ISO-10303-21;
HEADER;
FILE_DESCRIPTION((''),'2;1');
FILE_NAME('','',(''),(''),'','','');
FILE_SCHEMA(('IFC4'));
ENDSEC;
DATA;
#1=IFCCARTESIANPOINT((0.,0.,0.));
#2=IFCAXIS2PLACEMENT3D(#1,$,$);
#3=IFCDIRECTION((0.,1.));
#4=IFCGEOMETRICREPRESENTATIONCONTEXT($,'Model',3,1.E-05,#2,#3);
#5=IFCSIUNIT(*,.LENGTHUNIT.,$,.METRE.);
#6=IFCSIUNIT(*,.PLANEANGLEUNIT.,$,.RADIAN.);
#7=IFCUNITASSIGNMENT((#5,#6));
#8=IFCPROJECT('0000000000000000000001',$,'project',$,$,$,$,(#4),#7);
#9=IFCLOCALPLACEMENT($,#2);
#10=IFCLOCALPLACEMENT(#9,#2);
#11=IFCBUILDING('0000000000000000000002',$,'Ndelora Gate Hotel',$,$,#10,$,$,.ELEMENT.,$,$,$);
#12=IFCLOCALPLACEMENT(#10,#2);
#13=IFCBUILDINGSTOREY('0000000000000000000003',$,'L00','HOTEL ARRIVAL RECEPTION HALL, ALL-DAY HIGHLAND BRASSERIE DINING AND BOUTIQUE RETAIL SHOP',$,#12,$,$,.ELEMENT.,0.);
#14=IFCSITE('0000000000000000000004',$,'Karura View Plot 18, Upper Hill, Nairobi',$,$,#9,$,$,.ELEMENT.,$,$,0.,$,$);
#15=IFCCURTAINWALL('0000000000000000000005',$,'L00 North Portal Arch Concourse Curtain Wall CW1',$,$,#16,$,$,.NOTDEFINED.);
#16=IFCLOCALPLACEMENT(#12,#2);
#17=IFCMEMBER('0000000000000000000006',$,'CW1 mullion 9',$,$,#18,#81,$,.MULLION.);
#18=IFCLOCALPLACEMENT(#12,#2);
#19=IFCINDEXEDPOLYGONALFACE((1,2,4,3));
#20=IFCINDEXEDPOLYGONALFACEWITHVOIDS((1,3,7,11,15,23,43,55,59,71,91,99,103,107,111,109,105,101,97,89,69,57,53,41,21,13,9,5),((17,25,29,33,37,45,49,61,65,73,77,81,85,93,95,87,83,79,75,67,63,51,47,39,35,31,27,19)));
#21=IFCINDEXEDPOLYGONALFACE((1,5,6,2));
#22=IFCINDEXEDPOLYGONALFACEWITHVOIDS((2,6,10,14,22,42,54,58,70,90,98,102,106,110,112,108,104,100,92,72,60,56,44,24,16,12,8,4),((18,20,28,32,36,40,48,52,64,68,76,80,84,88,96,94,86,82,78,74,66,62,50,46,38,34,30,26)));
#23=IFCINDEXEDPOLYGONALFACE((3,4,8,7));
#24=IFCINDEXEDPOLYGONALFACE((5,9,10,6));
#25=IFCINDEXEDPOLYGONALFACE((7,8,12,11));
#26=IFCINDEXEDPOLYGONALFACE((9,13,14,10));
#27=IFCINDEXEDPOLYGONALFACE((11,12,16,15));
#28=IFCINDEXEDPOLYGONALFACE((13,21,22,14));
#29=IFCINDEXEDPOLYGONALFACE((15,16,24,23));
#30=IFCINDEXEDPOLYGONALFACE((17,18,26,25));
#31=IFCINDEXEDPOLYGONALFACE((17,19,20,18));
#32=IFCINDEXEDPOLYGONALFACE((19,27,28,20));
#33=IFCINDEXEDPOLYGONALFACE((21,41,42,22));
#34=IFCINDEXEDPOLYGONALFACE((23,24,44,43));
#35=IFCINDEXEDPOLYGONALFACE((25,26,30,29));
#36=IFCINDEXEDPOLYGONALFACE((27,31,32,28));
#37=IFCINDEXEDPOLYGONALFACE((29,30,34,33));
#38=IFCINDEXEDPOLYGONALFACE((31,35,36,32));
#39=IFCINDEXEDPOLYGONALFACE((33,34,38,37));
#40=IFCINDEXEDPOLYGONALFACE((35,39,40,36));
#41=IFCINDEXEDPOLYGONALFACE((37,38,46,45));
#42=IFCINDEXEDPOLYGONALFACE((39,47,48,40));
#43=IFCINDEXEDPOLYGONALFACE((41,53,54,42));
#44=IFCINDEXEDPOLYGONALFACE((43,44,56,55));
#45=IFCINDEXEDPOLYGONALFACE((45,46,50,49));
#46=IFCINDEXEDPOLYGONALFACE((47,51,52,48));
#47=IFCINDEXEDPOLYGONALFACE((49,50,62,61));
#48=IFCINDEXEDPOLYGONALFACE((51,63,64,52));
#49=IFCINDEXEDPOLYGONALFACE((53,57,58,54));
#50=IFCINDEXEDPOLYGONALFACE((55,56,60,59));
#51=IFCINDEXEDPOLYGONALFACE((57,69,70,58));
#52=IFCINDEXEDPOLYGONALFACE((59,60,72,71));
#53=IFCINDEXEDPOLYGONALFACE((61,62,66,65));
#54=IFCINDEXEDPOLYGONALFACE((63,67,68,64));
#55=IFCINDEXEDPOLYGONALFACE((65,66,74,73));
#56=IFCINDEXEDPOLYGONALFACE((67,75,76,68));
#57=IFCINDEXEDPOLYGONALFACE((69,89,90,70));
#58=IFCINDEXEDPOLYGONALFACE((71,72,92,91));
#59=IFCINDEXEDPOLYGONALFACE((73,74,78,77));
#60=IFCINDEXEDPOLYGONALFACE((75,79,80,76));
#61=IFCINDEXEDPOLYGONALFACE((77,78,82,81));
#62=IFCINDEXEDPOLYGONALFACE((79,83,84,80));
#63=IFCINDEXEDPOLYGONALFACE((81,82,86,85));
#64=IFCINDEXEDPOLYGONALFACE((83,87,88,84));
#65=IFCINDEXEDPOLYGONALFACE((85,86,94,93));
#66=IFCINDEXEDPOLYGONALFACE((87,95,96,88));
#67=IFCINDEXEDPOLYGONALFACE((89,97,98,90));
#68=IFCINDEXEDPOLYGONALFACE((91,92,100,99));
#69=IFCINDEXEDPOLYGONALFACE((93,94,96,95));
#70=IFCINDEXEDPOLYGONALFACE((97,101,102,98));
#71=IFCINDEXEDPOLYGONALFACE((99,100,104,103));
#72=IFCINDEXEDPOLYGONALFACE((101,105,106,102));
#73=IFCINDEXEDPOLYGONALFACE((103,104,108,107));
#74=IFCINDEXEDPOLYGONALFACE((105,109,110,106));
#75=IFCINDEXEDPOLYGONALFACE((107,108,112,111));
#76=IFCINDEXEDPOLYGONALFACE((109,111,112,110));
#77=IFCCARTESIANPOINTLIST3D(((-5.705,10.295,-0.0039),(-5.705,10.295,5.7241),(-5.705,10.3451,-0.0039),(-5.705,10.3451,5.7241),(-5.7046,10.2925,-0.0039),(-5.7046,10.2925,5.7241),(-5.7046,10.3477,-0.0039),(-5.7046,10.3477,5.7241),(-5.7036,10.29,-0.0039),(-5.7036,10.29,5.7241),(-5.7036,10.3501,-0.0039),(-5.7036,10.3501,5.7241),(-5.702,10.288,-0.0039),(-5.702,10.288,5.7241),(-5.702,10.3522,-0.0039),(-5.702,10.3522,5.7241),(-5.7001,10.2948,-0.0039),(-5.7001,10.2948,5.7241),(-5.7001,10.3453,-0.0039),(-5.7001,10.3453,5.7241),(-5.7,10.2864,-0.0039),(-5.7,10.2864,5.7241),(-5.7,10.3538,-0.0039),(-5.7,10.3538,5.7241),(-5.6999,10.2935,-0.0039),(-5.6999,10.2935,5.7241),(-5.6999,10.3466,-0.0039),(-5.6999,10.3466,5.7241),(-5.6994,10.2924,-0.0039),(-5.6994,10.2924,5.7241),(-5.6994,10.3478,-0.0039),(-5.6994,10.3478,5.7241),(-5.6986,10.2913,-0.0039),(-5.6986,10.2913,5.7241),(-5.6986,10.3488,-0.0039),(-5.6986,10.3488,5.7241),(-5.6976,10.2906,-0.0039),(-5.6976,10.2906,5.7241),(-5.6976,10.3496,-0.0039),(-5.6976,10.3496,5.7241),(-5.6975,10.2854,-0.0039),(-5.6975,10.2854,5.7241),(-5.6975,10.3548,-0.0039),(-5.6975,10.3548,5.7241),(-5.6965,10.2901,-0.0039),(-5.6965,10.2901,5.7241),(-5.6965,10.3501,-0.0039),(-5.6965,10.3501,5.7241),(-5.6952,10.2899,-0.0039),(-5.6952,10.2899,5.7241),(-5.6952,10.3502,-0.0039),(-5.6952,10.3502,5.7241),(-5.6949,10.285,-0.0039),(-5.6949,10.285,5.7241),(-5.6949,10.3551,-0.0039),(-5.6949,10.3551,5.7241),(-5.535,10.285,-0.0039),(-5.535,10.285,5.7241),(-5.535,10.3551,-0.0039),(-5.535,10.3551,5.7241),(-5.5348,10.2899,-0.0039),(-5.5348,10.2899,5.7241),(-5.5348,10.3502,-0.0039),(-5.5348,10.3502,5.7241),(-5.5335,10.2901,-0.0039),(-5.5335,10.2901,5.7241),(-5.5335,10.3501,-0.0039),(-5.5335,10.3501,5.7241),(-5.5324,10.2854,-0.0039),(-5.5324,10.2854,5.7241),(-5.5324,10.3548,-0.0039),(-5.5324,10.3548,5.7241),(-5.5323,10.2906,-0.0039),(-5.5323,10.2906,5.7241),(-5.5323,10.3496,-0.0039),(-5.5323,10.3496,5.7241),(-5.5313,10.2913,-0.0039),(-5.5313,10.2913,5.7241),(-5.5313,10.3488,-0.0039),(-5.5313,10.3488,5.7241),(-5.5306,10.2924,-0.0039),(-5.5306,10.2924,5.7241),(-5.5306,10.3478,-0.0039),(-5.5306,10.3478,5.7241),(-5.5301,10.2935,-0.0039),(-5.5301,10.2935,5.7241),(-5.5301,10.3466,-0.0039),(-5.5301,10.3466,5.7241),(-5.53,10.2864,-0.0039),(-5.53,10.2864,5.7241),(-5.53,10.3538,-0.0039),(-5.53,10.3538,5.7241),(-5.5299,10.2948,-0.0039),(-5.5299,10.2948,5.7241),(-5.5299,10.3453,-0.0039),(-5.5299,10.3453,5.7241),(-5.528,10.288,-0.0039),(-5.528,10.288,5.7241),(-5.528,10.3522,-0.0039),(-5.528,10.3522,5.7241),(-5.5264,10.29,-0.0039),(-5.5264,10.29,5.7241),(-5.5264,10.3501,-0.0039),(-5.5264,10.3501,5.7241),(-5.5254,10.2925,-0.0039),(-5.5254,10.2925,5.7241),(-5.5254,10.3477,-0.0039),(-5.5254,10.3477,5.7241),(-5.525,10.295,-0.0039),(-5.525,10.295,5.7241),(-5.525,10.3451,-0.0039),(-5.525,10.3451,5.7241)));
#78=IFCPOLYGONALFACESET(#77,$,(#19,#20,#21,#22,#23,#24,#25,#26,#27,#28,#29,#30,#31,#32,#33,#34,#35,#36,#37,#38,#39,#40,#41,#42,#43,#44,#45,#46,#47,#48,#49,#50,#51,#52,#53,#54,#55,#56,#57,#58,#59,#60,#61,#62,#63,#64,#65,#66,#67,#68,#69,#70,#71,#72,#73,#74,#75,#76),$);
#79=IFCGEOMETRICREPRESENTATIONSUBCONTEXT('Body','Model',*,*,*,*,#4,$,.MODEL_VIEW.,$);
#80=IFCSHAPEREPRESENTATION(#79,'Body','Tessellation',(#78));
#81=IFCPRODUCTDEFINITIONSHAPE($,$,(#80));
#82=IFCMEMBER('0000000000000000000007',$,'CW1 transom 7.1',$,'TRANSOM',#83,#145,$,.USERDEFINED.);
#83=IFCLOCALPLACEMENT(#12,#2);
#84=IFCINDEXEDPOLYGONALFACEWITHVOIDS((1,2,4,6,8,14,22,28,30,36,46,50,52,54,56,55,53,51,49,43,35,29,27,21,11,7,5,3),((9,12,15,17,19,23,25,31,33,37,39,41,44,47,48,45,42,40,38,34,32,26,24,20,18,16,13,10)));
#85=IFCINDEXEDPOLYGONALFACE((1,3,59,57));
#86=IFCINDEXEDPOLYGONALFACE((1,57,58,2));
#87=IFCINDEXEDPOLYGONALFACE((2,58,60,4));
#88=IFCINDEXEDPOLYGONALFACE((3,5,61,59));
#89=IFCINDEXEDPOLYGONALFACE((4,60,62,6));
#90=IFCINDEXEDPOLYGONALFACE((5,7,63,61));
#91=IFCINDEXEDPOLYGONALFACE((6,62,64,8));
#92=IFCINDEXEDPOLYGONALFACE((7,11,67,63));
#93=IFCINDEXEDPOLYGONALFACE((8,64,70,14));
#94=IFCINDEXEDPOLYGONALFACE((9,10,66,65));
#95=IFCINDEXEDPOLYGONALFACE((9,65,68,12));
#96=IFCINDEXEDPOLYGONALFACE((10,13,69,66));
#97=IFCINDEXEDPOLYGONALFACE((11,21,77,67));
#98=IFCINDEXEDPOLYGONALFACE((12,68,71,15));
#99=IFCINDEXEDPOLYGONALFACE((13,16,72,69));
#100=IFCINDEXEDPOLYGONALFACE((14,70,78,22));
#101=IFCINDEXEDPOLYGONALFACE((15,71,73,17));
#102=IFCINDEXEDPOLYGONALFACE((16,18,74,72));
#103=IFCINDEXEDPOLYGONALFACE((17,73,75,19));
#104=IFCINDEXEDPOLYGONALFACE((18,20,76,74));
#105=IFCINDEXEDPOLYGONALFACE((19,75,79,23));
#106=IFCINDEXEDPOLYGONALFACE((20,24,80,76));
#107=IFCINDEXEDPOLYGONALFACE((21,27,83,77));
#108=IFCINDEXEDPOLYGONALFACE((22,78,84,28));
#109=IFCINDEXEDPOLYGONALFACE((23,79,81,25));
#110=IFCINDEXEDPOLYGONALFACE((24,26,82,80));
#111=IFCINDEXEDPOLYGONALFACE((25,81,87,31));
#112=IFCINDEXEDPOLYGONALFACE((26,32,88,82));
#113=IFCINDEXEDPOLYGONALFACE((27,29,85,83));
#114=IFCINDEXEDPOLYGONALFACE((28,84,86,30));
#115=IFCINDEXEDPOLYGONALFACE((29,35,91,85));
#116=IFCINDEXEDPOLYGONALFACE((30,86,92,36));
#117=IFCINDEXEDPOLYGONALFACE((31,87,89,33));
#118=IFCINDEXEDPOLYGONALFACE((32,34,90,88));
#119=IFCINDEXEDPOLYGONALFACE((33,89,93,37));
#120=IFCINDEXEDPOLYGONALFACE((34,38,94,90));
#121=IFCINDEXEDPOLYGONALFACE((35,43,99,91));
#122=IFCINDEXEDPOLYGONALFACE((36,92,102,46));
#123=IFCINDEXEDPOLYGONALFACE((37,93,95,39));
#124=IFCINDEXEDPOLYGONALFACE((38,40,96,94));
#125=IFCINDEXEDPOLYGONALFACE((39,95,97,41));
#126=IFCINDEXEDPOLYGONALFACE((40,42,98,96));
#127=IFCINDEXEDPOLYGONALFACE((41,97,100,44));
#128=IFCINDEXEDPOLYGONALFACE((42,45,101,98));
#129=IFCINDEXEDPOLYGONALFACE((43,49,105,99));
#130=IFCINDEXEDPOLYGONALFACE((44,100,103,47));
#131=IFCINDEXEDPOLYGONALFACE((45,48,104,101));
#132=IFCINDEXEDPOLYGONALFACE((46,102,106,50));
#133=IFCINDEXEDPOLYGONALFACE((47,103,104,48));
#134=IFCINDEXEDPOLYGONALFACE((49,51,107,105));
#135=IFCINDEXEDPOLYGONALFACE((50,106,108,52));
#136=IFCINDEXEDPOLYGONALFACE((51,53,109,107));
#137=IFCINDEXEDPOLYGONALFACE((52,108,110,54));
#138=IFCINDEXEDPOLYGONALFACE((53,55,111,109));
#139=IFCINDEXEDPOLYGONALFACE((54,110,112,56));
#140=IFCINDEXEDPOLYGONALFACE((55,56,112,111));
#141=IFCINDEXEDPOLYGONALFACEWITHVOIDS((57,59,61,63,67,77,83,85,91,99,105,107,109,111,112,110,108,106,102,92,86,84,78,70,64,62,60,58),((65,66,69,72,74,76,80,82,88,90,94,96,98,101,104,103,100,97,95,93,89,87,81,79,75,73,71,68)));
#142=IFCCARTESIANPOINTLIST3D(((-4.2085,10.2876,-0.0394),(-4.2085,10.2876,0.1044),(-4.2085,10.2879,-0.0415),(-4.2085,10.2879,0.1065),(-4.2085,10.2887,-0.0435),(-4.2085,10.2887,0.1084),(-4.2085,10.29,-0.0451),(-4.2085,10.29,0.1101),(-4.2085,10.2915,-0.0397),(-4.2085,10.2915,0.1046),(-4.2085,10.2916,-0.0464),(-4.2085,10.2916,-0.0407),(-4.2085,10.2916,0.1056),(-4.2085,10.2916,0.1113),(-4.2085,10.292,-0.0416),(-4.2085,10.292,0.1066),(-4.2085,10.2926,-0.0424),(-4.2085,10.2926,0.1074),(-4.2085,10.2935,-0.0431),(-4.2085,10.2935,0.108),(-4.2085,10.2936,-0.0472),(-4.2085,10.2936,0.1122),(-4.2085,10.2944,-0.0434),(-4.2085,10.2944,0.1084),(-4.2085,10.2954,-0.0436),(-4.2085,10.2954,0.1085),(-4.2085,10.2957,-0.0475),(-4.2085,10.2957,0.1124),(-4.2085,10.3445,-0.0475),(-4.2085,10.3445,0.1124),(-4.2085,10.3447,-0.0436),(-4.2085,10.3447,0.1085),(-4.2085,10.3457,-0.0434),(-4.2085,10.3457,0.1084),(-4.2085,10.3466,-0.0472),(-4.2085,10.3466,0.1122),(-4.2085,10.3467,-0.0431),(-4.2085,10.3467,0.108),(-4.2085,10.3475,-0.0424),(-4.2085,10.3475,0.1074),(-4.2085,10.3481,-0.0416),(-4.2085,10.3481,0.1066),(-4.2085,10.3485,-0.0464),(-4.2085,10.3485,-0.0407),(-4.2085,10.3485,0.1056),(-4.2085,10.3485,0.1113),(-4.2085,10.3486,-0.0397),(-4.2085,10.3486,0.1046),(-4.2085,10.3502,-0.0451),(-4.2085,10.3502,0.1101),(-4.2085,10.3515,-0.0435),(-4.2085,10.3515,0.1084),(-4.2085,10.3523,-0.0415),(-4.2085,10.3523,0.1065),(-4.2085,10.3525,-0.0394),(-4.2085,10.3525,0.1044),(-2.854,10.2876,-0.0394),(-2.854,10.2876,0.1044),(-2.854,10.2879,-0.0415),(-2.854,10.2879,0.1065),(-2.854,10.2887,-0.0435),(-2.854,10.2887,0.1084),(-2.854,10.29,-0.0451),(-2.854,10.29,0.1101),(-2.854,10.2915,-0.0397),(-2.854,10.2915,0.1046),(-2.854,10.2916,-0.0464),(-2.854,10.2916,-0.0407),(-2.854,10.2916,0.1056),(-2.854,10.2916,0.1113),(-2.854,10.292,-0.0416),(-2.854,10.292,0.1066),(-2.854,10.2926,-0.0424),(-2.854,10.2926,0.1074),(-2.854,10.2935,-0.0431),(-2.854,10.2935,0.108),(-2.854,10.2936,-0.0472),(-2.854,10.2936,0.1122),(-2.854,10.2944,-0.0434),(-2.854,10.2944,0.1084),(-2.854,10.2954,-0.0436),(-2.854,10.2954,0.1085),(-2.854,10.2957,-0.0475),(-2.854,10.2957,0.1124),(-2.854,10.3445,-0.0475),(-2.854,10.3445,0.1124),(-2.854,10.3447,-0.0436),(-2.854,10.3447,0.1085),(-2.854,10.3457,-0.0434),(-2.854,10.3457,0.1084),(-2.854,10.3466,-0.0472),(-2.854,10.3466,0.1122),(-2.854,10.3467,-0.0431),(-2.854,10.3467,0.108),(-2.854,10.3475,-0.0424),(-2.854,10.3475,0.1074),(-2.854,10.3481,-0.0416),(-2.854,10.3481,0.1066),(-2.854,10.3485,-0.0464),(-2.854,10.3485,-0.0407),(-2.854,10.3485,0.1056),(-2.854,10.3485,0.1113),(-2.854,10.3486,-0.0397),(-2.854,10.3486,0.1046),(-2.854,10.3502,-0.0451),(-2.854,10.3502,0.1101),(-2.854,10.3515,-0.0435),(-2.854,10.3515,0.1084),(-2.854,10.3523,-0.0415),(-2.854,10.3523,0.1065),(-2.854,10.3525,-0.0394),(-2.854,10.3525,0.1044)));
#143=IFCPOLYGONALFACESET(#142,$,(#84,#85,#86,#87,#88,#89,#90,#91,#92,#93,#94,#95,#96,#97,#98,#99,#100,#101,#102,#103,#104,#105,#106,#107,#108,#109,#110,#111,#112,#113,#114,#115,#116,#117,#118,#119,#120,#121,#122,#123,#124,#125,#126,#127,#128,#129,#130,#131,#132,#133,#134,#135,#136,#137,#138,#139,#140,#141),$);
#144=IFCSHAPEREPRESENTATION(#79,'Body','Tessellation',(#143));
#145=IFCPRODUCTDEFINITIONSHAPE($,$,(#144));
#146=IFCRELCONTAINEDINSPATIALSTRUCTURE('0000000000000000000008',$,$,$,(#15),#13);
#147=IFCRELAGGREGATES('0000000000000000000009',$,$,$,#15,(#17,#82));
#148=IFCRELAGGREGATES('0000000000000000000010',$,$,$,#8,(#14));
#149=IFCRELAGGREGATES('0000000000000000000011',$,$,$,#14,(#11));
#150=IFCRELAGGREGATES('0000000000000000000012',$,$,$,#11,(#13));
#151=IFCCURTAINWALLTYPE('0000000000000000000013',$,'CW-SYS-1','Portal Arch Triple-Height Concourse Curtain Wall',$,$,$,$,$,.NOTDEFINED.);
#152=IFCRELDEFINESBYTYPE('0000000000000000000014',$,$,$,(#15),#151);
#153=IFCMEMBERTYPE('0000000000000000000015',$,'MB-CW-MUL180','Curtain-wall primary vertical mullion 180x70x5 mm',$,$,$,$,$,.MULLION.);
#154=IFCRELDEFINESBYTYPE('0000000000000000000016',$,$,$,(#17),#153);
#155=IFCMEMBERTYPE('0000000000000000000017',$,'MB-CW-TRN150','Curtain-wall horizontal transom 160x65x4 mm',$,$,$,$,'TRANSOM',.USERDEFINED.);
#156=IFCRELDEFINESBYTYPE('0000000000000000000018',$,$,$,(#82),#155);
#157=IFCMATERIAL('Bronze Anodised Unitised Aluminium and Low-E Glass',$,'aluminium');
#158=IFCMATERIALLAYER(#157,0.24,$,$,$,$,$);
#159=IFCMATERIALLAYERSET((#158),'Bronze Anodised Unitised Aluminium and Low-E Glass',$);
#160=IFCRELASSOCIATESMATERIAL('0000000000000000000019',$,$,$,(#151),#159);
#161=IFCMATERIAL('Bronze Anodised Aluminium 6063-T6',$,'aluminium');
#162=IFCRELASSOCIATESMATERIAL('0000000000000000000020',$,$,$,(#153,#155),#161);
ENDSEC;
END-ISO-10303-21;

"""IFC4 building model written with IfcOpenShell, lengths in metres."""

from ifc_helpers import new_model, si_unit, direction, frame, origin, origin_2d, place, context, subcontext, project, spatial, hollow_rectangle, extrude, material, layer, layer_set, material_profile, profile_set, type_object, element, aggregate, save


model = new_model("IFC4")

# Units and contexts
model_context = context("Model", 3, precision=1e-05, world=origin(), true_north=direction((0.0, 1.0)))
body_context = subcontext(model_context, "Body", "Model", "MODEL_VIEW")
ifc_project = project(units=[si_unit("LENGTHUNIT", "METRE"), si_unit("PLANEANGLEUNIT", "RADIAN")], contexts=[model_context])

# Site, building, storey
site_placement = place(None, origin())
site = spatial("IfcSite", under=ifc_project, at=site_placement, Name="Karura View Plot 18, Upper Hill, Nairobi", CompositionType="ELEMENT", RefElevation=0.0)
building_placement = place(site_placement, origin())
building = spatial("IfcBuilding", under=site, at=building_placement, Name="Ndelora Gate Hotel", CompositionType="ELEMENT")
storey_placement = place(building_placement, origin())
storey = spatial("IfcBuildingStorey", under=building, at=storey_placement, Name="L00", Description="HOTEL ARRIVAL RECEPTION HALL, ALL-DAY HIGHLAND BRASSERIE DINING AND BOUTIQUE RETAIL SHOP", CompositionType="ELEMENT", Elevation=0.0)

# Curtain wall, members
ifc_material_1 = material(Name="Bronze Anodised Unitised Aluminium and Low-E Glass", Category="aluminium")
ifc_layer_1 = layer(ifc_material_1, 0.24)
ifc_layer_set_1 = layer_set([ifc_layer_1], Name="Bronze Anodised Unitised Aluminium and Low-E Glass")
curtain_wall_type = type_object("IfcCurtainWallType", Name="CW-SYS-1", Description="Portal Arch Triple-Height Concourse Curtain Wall", PredefinedType="NOTDEFINED", material=ifc_layer_set_1)
curtain_wall_placement = place(storey_placement, origin())
curtain_wall = element("IfcCurtainWall", 1, at=curtain_wall_placement, inside=storey, type_object=curtain_wall_type, Name="L00 North Portal Arch Concourse Curtain Wall CW1", PredefinedType="NOTDEFINED")
ifc_material_2 = material(Name="Bronze Anodised Aluminium 6063-T6", Category="aluminium")
ifc_material_profile_1 = material_profile(ifc_material_2, hollow_rectangle(XDim=0.0701, YDim=0.1799, WallThickness=0.0049, InnerFilletRadius=0.0049, OuterFilletRadius=0.01, at=origin_2d()), Name="ALU 180x70x5")
ifc_profile_set_1 = profile_set([ifc_material_profile_1], Name="Bronze Anodised Aluminium 6063-T6")
member_type_1 = type_object("IfcMemberType", Name="MB-CW-MUL180", Description="Curtain-wall primary vertical mullion 180x70x5 mm", PredefinedType="MULLION", material=ifc_profile_set_1)
member_1_placement = place(storey_placement, frame((-5.615, 10.3201, -0.0039), z_axis=(0.0, 0.0, 1.0), x_axis=(0.0, -1.0, 0.0)))
member_1 = element("IfcMember", 2, at=member_1_placement, type_object=member_type_1, Name="CW1 mullion 9", PredefinedType="MULLION", context=body_context, shape_type="SweptSolid", body=[
    extrude(hollow_rectangle(XDim=0.0701, YDim=0.1799, WallThickness=0.0049, InnerFilletRadius=0.0049, OuterFilletRadius=0.01, at=origin_2d()), origin(), (0.0, 0.0, 1.0), 5.728),
])
ifc_material_profile_2 = material_profile(ifc_material_2, hollow_rectangle(XDim=0.0649, YDim=0.1599, WallThickness=0.0039, InnerFilletRadius=0.0039, OuterFilletRadius=0.0081, at=origin_2d()), Name="ALU 160x65x4")
ifc_profile_set_2 = profile_set([ifc_material_profile_2], Name="Bronze Anodised Aluminium 6063-T6")
member_type_2 = type_object("IfcMemberType", Name="MB-CW-TRN150", Description="Curtain-wall horizontal transom 160x65x4 mm", ElementType="TRANSOM", PredefinedType="USERDEFINED", material=ifc_profile_set_2)
member_2_placement = place(storey_placement, frame((-2.854, 10.3201, 0.0325), z_axis=(-1.0, 0.0, 0.0), x_axis=(0.0, -1.0, 0.0)))
member_2 = element("IfcMember", 3, at=member_2_placement, type_object=member_type_2, Name="CW1 transom 7.1", ObjectType="TRANSOM", PredefinedType="USERDEFINED", context=body_context, shape_type="SweptSolid", body=[
    extrude(hollow_rectangle(XDim=0.0649, YDim=0.1599, WallThickness=0.0039, InnerFilletRadius=0.0039, OuterFilletRadius=0.0081, at=origin_2d()), origin(), (0.0, 0.0, 1.0), 1.3545),
])
aggregate(curtain_wall, [member_1, member_2])

save(model, "model.ifc")
